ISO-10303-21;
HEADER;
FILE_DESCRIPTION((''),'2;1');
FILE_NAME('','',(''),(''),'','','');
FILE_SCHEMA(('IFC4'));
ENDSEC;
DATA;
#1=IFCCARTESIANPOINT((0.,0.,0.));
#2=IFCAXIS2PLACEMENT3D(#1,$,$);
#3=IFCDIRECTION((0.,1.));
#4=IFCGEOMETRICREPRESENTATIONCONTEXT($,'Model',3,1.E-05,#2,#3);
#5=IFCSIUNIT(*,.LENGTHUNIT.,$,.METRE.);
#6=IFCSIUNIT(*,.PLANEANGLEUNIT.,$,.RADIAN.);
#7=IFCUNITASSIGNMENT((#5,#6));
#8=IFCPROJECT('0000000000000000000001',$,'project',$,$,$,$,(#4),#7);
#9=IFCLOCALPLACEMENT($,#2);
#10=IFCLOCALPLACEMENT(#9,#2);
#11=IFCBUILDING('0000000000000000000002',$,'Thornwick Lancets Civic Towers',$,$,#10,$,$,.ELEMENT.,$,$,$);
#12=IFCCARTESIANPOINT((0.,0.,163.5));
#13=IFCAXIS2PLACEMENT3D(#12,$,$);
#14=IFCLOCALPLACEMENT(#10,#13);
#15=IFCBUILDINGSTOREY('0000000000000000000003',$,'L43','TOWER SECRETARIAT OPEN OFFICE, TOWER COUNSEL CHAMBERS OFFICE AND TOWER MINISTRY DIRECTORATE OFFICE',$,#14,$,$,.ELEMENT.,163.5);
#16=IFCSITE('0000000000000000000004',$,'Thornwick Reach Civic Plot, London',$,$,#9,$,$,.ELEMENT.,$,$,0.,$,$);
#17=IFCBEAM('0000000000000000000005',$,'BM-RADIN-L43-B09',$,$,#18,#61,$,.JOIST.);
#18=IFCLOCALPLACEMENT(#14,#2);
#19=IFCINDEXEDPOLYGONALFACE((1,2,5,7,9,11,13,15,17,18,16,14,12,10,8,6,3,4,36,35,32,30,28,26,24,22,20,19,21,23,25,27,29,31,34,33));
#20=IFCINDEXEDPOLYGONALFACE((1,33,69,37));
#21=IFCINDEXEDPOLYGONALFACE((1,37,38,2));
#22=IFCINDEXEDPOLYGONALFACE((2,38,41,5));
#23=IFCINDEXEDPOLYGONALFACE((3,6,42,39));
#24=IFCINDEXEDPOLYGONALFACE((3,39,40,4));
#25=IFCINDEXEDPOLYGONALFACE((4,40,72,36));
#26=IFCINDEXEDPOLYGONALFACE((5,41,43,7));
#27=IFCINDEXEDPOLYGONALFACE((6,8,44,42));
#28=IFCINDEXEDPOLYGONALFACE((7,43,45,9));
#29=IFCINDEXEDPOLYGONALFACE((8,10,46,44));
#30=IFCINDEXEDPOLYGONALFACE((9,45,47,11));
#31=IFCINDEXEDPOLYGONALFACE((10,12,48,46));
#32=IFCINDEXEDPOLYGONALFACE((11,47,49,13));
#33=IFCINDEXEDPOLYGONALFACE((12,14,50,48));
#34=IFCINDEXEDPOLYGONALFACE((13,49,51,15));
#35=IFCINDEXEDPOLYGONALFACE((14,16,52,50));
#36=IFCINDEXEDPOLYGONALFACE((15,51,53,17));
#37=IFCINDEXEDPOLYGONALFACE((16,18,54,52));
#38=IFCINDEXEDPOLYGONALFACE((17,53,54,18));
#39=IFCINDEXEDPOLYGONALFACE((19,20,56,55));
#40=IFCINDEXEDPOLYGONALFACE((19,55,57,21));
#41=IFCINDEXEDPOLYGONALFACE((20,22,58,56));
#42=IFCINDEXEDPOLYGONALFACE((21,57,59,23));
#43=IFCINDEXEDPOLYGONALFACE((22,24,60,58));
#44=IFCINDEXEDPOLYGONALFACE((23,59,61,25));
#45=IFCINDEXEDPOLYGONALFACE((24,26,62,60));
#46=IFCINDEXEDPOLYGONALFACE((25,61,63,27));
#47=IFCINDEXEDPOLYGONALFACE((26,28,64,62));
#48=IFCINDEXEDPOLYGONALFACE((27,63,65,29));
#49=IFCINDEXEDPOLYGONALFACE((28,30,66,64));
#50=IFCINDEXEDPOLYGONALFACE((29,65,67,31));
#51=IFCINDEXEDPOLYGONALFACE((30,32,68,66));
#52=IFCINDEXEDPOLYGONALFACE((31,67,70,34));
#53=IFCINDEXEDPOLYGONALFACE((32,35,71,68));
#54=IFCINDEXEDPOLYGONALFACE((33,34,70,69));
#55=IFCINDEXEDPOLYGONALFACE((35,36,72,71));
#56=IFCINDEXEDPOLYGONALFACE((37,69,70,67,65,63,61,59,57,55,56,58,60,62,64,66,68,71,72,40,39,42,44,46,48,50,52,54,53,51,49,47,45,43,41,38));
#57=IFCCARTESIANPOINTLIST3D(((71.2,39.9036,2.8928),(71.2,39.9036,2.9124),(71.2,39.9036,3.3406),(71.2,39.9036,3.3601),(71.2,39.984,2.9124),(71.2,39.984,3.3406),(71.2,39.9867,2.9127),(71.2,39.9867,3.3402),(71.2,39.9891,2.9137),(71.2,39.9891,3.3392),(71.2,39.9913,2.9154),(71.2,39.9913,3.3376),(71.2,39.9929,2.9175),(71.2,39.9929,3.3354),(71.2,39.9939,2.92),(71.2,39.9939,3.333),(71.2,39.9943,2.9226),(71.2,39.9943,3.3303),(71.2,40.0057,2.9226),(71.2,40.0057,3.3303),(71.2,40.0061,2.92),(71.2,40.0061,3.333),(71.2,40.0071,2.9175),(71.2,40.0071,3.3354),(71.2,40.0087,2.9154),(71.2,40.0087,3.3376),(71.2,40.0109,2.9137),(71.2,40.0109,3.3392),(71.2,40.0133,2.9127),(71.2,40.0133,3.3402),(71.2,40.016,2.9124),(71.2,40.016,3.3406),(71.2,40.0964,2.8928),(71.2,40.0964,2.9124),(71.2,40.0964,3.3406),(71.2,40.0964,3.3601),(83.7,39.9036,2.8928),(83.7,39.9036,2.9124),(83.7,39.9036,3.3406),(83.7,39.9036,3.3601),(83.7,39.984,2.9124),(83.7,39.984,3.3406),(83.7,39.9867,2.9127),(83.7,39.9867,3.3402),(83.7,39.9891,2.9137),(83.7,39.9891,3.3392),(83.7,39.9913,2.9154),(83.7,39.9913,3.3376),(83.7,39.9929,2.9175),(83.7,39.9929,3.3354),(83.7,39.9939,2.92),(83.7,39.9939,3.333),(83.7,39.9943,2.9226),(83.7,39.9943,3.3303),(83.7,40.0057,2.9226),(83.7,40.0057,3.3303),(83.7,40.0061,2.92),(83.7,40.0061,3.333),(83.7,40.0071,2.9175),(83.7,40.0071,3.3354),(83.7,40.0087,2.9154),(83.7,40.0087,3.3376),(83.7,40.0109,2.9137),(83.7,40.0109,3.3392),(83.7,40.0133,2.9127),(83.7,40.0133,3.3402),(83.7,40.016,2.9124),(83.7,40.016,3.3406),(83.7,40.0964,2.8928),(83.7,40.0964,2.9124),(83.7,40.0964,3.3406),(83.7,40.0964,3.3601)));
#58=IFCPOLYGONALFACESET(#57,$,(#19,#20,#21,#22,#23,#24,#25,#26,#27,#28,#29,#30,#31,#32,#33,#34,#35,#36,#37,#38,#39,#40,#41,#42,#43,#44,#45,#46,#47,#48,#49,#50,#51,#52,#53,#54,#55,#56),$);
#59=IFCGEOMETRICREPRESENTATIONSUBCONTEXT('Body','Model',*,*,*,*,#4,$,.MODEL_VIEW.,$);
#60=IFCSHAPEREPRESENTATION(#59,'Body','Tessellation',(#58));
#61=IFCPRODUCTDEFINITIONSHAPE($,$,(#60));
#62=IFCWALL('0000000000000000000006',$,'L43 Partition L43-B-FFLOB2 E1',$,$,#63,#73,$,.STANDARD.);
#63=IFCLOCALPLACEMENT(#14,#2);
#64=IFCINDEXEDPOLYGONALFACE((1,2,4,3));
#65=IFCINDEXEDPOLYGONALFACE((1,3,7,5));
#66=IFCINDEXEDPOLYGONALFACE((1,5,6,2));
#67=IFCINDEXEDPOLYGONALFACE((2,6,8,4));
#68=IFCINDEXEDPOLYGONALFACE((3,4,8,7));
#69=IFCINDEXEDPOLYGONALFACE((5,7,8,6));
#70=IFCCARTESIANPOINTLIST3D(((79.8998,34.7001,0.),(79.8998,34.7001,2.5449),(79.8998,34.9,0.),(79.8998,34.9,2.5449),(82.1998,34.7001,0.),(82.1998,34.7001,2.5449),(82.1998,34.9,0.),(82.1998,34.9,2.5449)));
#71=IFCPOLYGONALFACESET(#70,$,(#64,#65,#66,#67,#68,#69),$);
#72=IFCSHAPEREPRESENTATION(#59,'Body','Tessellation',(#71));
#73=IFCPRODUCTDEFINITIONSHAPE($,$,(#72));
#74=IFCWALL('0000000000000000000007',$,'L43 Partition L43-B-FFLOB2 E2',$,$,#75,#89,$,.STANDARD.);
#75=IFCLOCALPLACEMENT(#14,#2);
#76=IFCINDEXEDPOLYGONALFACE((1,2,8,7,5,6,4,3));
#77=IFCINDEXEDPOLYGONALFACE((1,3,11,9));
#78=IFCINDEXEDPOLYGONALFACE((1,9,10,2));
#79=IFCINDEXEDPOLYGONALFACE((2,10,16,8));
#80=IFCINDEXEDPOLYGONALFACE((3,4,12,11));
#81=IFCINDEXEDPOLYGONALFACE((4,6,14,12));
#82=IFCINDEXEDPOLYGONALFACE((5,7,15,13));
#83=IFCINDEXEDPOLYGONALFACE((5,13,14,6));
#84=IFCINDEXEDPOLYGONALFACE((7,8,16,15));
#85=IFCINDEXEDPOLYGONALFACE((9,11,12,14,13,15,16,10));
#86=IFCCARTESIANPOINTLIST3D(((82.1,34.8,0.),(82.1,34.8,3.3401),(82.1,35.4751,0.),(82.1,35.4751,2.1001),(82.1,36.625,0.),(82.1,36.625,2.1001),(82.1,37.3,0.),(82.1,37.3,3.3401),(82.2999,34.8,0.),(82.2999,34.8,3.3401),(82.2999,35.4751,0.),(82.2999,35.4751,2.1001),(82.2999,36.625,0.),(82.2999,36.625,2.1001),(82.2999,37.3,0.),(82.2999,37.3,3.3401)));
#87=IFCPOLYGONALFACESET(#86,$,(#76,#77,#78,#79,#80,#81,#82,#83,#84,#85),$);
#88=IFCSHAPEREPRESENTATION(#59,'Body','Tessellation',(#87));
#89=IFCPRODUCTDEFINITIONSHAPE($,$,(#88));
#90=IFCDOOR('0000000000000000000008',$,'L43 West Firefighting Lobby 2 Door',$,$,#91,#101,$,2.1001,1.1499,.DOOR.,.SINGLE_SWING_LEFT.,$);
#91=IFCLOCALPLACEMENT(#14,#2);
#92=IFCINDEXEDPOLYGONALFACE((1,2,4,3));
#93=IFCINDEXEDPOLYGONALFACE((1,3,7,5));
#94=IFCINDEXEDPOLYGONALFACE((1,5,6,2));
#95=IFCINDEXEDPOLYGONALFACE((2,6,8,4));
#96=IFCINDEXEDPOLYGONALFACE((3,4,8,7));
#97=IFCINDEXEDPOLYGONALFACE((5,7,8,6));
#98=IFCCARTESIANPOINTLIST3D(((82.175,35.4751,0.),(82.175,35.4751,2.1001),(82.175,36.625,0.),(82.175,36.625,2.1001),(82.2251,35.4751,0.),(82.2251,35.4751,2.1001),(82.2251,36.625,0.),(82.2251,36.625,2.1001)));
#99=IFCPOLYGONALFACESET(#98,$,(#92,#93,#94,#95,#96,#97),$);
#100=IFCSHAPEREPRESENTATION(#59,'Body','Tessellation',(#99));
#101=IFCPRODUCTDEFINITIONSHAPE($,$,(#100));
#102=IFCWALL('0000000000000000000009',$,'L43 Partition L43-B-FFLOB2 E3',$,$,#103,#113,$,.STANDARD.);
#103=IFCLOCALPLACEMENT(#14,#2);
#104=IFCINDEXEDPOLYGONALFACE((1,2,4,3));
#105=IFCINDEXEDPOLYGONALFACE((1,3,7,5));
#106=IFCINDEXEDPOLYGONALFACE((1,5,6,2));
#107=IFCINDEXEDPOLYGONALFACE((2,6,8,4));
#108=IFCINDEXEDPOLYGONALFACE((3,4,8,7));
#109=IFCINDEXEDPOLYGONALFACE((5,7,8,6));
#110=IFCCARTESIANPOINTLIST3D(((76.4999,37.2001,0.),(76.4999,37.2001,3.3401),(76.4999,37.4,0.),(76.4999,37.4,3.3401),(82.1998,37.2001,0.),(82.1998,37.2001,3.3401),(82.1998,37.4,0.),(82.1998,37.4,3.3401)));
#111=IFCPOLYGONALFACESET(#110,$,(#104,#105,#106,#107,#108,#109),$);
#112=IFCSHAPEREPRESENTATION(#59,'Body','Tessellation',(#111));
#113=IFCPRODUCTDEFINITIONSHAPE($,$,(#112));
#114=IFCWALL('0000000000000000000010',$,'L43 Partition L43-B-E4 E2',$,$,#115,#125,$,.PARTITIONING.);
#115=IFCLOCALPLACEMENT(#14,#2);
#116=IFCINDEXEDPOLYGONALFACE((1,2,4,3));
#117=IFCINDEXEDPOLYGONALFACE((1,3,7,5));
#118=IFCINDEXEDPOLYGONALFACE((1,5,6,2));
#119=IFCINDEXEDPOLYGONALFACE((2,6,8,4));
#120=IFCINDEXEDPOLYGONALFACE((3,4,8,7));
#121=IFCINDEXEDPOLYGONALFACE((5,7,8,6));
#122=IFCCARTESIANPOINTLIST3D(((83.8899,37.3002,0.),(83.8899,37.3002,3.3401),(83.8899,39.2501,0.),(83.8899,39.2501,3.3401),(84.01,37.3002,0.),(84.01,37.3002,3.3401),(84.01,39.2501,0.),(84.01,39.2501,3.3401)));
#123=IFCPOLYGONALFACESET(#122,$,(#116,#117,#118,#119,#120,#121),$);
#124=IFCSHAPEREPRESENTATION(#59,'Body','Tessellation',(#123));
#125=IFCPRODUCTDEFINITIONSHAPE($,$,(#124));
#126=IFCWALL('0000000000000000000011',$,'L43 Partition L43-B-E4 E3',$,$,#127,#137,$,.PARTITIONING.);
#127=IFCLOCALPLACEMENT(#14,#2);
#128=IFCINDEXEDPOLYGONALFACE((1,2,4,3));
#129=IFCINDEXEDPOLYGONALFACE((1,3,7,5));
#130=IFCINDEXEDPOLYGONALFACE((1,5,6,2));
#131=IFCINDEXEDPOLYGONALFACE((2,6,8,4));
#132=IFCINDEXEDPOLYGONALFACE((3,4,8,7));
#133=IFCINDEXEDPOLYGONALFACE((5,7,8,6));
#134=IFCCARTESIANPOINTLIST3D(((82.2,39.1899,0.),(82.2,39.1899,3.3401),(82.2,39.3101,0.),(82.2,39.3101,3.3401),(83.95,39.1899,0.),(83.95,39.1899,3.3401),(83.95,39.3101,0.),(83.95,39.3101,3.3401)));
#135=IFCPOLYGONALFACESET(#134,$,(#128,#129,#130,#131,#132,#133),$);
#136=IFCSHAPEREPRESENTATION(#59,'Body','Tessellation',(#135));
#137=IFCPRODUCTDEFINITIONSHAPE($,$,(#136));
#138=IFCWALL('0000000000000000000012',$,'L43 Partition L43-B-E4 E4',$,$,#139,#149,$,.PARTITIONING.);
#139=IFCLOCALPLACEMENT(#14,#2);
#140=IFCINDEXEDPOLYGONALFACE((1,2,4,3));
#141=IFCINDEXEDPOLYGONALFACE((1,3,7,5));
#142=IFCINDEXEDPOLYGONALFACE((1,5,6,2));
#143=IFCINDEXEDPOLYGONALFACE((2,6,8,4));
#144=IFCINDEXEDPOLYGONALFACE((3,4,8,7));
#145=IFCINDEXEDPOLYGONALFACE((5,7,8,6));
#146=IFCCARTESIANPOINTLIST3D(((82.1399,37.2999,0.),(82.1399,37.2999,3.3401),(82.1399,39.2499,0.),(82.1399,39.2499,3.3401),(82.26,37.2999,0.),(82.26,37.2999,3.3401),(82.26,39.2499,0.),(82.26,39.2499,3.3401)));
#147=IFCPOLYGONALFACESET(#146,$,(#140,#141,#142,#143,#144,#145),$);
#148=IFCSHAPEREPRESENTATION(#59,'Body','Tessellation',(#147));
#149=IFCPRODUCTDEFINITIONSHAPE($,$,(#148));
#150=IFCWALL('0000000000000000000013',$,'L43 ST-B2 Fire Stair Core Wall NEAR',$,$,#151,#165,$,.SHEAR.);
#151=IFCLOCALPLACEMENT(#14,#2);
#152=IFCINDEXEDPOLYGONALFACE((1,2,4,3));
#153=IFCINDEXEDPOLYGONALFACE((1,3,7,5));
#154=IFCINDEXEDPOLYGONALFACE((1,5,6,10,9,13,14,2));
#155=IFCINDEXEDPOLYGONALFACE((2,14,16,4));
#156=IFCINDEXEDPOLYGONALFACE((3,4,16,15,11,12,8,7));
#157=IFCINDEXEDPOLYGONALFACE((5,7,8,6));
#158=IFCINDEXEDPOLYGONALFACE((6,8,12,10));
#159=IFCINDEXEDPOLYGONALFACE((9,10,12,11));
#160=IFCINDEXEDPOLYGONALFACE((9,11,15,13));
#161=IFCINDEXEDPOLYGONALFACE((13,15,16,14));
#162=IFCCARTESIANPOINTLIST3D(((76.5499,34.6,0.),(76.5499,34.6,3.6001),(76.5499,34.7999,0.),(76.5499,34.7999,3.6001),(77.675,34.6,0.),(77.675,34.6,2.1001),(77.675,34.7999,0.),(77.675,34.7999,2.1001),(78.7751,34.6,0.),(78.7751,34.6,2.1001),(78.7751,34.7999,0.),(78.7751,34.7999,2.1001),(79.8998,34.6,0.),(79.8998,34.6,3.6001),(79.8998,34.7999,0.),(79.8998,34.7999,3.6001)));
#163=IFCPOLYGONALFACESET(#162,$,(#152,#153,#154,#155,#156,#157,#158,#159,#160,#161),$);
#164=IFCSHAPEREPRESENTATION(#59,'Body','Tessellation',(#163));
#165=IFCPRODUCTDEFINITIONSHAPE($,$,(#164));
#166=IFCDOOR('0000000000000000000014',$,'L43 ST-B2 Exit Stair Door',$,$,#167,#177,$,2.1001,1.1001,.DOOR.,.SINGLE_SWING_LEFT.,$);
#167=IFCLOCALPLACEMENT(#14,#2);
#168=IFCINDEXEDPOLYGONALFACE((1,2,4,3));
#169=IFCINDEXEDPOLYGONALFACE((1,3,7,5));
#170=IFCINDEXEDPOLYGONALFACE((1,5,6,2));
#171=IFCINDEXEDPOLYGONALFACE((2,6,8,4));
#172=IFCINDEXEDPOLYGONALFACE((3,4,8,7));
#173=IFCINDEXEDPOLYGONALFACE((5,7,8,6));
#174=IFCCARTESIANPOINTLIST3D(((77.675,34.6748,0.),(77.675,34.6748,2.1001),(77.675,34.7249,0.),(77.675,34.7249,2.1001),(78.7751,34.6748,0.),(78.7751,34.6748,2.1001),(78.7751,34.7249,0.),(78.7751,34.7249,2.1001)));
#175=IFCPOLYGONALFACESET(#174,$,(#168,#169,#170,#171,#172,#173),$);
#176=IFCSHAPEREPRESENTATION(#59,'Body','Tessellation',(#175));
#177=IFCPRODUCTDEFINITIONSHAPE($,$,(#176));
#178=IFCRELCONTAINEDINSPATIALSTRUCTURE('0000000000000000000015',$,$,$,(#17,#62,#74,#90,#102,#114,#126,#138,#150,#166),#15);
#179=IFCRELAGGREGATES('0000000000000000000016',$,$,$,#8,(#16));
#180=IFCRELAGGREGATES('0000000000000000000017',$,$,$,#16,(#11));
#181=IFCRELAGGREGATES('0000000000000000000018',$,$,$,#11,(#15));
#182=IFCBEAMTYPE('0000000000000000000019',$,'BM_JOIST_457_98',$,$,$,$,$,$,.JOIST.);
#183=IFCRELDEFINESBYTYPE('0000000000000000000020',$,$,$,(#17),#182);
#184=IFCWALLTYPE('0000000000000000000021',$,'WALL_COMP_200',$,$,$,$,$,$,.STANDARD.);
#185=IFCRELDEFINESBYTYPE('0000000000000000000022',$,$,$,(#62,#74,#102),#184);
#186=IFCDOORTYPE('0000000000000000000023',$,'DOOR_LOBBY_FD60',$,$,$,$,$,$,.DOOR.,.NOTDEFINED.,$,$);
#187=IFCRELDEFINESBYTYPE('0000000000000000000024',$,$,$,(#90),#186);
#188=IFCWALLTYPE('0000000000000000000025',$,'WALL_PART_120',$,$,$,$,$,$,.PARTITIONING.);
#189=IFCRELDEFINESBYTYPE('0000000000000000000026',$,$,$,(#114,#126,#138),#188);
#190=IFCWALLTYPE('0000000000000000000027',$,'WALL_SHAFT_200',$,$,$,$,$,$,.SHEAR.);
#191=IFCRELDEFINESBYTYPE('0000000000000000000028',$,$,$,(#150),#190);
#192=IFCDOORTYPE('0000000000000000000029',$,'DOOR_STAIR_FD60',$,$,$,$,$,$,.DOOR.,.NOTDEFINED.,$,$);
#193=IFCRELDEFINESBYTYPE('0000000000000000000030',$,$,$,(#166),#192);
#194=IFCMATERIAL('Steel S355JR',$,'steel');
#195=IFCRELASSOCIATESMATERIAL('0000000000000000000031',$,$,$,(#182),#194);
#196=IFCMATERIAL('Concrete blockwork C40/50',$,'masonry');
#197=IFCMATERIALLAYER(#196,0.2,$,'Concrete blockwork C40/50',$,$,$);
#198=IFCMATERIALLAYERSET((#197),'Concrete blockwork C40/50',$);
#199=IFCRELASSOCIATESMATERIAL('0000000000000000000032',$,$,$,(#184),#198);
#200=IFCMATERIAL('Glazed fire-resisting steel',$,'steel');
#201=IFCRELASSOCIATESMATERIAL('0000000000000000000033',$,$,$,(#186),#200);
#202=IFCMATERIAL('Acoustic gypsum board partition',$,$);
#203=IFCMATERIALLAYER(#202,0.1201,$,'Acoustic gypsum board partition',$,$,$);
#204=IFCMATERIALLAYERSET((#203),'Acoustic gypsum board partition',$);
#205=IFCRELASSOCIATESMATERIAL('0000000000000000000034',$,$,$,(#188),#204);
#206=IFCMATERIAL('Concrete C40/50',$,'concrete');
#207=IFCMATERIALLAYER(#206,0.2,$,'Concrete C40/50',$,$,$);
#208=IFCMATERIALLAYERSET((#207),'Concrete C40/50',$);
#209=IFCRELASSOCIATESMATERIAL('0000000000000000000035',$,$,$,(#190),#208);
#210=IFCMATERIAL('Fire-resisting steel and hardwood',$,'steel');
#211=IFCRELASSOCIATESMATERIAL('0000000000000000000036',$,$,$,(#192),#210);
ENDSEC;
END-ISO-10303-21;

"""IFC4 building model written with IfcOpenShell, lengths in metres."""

from ifc_helpers import new_model, si_unit, direction, frame, frame_2d, origin, origin_2d, place, context, subcontext, project, spatial, rectangle, i_section, extrude, material, layer, layer_set, material_profile, profile_set, type_object, element, fill, save


model = new_model("IFC4")

# Units and contexts
model_context = context("Model", 3, precision=1e-05, world=origin(), true_north=direction((0.0, 1.0)))
body_context = subcontext(model_context, "Body", "Model", "MODEL_VIEW")
ifc_project = project(units=[si_unit("LENGTHUNIT", "METRE"), si_unit("PLANEANGLEUNIT", "RADIAN")], contexts=[model_context])

# Site, building, storey
site_placement = place(None, origin())
site = spatial("IfcSite", under=ifc_project, at=site_placement, Name="Thornwick Reach Civic Plot, London", CompositionType="ELEMENT", RefElevation=0.0)
building_placement = place(site_placement, origin())
building = spatial("IfcBuilding", under=site, at=building_placement, Name="Thornwick Lancets Civic Towers", CompositionType="ELEMENT")
storey_placement = place(building_placement, frame((0.0, 0.0, 163.5)))
storey = spatial("IfcBuildingStorey", under=building, at=storey_placement, Name="L43", Description="TOWER SECRETARIAT OPEN OFFICE, TOWER COUNSEL CHAMBERS OFFICE AND TOWER MINISTRY DIRECTORATE OFFICE", CompositionType="ELEMENT", Elevation=163.5)

# Beam
ifc_material_1 = material(Name="Steel S355JR", Category="steel")
ifc_material_profile_1 = material_profile(ifc_material_1, i_section(OverallWidth=0.1929, OverallDepth=0.4673, WebThickness=0.0115, FlangeThickness=0.0195, FilletRadius=0.0103, at=origin_2d()), Name="UKB 457x191x98")
ifc_profile_set_1 = profile_set([ifc_material_profile_1], Name="Steel S355JR")
beam_type_1 = type_object("IfcBeamType", Name="BM_JOIST_457_98", PredefinedType="JOIST", material=ifc_profile_set_1)
beam_1_placement = place(storey_placement, frame((83.7, 40.0, 3.1265), z_axis=(-1.0, 0.0, 0.0), x_axis=(0.0, -1.0, 0.0)))
element("IfcBeam", 1, at=beam_1_placement, inside=storey, type_object=beam_type_1, Name="BM-RADIN-L43-B09", PredefinedType="JOIST", context=body_context, shape_type="SweptSolid", body=[
    extrude(i_section(OverallWidth=0.1929, OverallDepth=0.4673, WebThickness=0.0115, FlangeThickness=0.0195, FilletRadius=0.0103, at=origin_2d()), origin(), (0.0, 0.0, 1.0), 12.5),
])

# Wall
ifc_material_2 = material(Name="Concrete blockwork C40/50", Category="masonry")
ifc_layer_1 = layer(ifc_material_2, 0.2, Name="Concrete blockwork C40/50")
ifc_layer_set_1 = layer_set([ifc_layer_1], Name="Concrete blockwork C40/50")
wall_type_1 = type_object("IfcWallType", Name="WALL_COMP_200", PredefinedType="STANDARD", material=ifc_layer_set_1)
wall_1_placement = place(storey_placement, frame((79.8999, 34.8, 0.0), z_axis=(0.0, 0.0, 1.0), x_axis=(1.0, 0.0, 0.0)))
element("IfcWall", 2, at=wall_1_placement, inside=storey, type_object=wall_type_1, Name="L43 Partition L43-B-FFLOB2 E1", PredefinedType="STANDARD", context=body_context, shape_type="SweptSolid", body=[
    extrude(rectangle(XDim=2.3, YDim=0.2, at=frame_2d((1.1499, 0.0))), origin(), (0.0, 0.0, 1.0), 2.5449),
])

# Wall, opening, door
wall_2_placement = place(storey_placement, frame((82.2, 34.8, 0.0), z_axis=(0.0, 0.0, 1.0), x_axis=(0.0, 1.0, 0.0)))
wall_2 = element("IfcWall", 3, at=wall_2_placement, inside=storey, type_object=wall_type_1, Name="L43 Partition L43-B-FFLOB2 E2", PredefinedType="STANDARD", context=body_context, shape_type="SweptSolid", body=[
    extrude(rectangle(XDim=2.5, YDim=0.2, at=frame_2d((1.25, 0.0))), origin(), (0.0, 0.0, 1.0), 3.3401),
])
opening_1_placement = place(wall_2_placement, frame((0.675, 0.0, 0.0)))
opening_1 = element("IfcOpeningElement", 4, at=opening_1_placement, cuts=wall_2, PredefinedType="OPENING", context=body_context, shape_type="SweptSolid", body=[
    extrude(rectangle(XDim=1.1499, YDim=2.1001, at=frame_2d((0.575, 1.05))), frame((0.0, 0.1099, 0.0), z_axis=(0.0, -1.0, 0.0), x_axis=(1.0, 0.0, 0.0)), (0.0, 0.0, 1.0), 0.22),
])
ifc_material_3 = material(Name="Glazed fire-resisting steel", Category="steel")
door_type_1 = type_object("IfcDoorType", Name="DOOR_LOBBY_FD60", OperationType="NOTDEFINED", PredefinedType="DOOR", material=ifc_material_3)
door_1_placement = place(opening_1_placement, origin())
door_1 = element("IfcDoor", 5, at=door_1_placement, inside=storey, type_object=door_type_1, Name="L43 West Firefighting Lobby 2 Door", OperationType="SINGLE_SWING_LEFT", OverallHeight=2.1001, OverallWidth=1.1499, PredefinedType="DOOR", context=body_context, shape_type="SweptSolid", body=[
    extrude(rectangle(XDim=1.1499, YDim=2.1001, at=frame_2d((0.575, 1.05))), frame((0.0, 0.0249, 0.0), z_axis=(0.0, -1.0, 0.0), x_axis=(1.0, 0.0, 0.0)), (0.0, 0.0, 1.0), 0.05),
])
fill(opening_1, door_1)

# Walls
wall_3_placement = place(storey_placement, frame((82.2, 37.3, 0.0), z_axis=(0.0, 0.0, 1.0), x_axis=(-1.0, 0.0, 0.0)))
element("IfcWall", 6, at=wall_3_placement, inside=storey, type_object=wall_type_1, Name="L43 Partition L43-B-FFLOB2 E3", PredefinedType="STANDARD", context=body_context, shape_type="SweptSolid", body=[
    extrude(rectangle(XDim=5.7, YDim=0.2, at=frame_2d((2.8501, 0.0))), origin(), (0.0, 0.0, 1.0), 3.3401),
])
ifc_material_4 = material(Name="Acoustic gypsum board partition")
ifc_layer_2 = layer(ifc_material_4, 0.1201, Name="Acoustic gypsum board partition")
ifc_layer_set_2 = layer_set([ifc_layer_2], Name="Acoustic gypsum board partition")
wall_type_2 = type_object("IfcWallType", Name="WALL_PART_120", PredefinedType="PARTITIONING", material=ifc_layer_set_2)
wall_4_placement = place(storey_placement, frame((83.95, 37.3, 0.0), z_axis=(0.0, 0.0, 1.0), x_axis=(0.0, 1.0, 0.0)))
element("IfcWall", 7, at=wall_4_placement, inside=storey, type_object=wall_type_2, Name="L43 Partition L43-B-E4 E2", PredefinedType="PARTITIONING", context=body_context, shape_type="SweptSolid", body=[
    extrude(rectangle(XDim=1.95, YDim=0.1201, at=frame_2d((0.9751, 0.0))), origin(), (0.0, 0.0, 1.0), 3.3401),
])
wall_5_placement = place(storey_placement, frame((83.95, 39.25, 0.0), z_axis=(0.0, 0.0, 1.0), x_axis=(-1.0, 0.0, 0.0)))
element("IfcWall", 8, at=wall_5_placement, inside=storey, type_object=wall_type_2, Name="L43 Partition L43-B-E4 E3", PredefinedType="PARTITIONING", context=body_context, shape_type="SweptSolid", body=[
    extrude(rectangle(XDim=1.75, YDim=0.1201, at=frame_2d((0.875, 0.0))), origin(), (0.0, 0.0, 1.0), 3.3401),
])
wall_6_placement = place(storey_placement, frame((82.2, 39.25, 0.0), z_axis=(0.0, 0.0, 1.0), x_axis=(0.0, -1.0, 0.0)))
element("IfcWall", 9, at=wall_6_placement, inside=storey, type_object=wall_type_2, Name="L43 Partition L43-B-E4 E4", PredefinedType="PARTITIONING", context=body_context, shape_type="SweptSolid", body=[
    extrude(rectangle(XDim=1.95, YDim=0.1201, at=frame_2d((0.9751, 0.0))), origin(), (0.0, 0.0, 1.0), 3.3401),
])

# Wall, opening, door
ifc_material_5 = material(Name="Concrete C40/50", Category="concrete")
ifc_layer_3 = layer(ifc_material_5, 0.2, Name="Concrete C40/50")
ifc_layer_set_3 = layer_set([ifc_layer_3], Name="Concrete C40/50")
wall_type_3 = type_object("IfcWallType", Name="WALL_SHAFT_200", PredefinedType="SHEAR", material=ifc_layer_set_3)
wall_7_placement = place(storey_placement, frame((76.55, 34.7, 0.0), z_axis=(0.0, 0.0, 1.0), x_axis=(1.0, 0.0, 0.0)))
wall_7 = element("IfcWall", 10, at=wall_7_placement, inside=storey, type_object=wall_type_3, Name="L43 ST-B2 Fire Stair Core Wall NEAR", PredefinedType="SHEAR", context=body_context, shape_type="SweptSolid", body=[
    extrude(rectangle(XDim=3.3499, YDim=0.2, at=frame_2d((1.6748, 0.0))), origin(), (0.0, 0.0, 1.0), 3.6001),
])
opening_2_placement = place(wall_7_placement, frame((1.125, 0.0, 0.0)))
opening_2 = element("IfcOpeningElement", 11, at=opening_2_placement, cuts=wall_7, PredefinedType="OPENING", context=body_context, shape_type="SweptSolid", body=[
    extrude(rectangle(XDim=1.1001, YDim=2.1001, at=frame_2d((0.55, 1.05))), frame((0.0, 0.1099, 0.0), z_axis=(0.0, -1.0, 0.0), x_axis=(1.0, 0.0, 0.0)), (0.0, 0.0, 1.0), 0.22),
])
ifc_material_6 = material(Name="Fire-resisting steel and hardwood", Category="steel")
door_type_2 = type_object("IfcDoorType", Name="DOOR_STAIR_FD60", OperationType="NOTDEFINED", PredefinedType="DOOR", material=ifc_material_6)
door_2_placement = place(opening_2_placement, origin())
door_2 = element("IfcDoor", 12, at=door_2_placement, inside=storey, type_object=door_type_2, Name="L43 ST-B2 Exit Stair Door", OperationType="SINGLE_SWING_LEFT", OverallHeight=2.1001, OverallWidth=1.1001, PredefinedType="DOOR", context=body_context, shape_type="SweptSolid", body=[
    extrude(rectangle(XDim=1.1001, YDim=2.1001, at=frame_2d((0.55, 1.05))), frame((0.0, 0.0249, 0.0), z_axis=(0.0, -1.0, 0.0), x_axis=(1.0, 0.0, 0.0)), (0.0, 0.0, 1.0), 0.05),
])
fill(opening_2, door_2)

save(model, "model.ifc")
